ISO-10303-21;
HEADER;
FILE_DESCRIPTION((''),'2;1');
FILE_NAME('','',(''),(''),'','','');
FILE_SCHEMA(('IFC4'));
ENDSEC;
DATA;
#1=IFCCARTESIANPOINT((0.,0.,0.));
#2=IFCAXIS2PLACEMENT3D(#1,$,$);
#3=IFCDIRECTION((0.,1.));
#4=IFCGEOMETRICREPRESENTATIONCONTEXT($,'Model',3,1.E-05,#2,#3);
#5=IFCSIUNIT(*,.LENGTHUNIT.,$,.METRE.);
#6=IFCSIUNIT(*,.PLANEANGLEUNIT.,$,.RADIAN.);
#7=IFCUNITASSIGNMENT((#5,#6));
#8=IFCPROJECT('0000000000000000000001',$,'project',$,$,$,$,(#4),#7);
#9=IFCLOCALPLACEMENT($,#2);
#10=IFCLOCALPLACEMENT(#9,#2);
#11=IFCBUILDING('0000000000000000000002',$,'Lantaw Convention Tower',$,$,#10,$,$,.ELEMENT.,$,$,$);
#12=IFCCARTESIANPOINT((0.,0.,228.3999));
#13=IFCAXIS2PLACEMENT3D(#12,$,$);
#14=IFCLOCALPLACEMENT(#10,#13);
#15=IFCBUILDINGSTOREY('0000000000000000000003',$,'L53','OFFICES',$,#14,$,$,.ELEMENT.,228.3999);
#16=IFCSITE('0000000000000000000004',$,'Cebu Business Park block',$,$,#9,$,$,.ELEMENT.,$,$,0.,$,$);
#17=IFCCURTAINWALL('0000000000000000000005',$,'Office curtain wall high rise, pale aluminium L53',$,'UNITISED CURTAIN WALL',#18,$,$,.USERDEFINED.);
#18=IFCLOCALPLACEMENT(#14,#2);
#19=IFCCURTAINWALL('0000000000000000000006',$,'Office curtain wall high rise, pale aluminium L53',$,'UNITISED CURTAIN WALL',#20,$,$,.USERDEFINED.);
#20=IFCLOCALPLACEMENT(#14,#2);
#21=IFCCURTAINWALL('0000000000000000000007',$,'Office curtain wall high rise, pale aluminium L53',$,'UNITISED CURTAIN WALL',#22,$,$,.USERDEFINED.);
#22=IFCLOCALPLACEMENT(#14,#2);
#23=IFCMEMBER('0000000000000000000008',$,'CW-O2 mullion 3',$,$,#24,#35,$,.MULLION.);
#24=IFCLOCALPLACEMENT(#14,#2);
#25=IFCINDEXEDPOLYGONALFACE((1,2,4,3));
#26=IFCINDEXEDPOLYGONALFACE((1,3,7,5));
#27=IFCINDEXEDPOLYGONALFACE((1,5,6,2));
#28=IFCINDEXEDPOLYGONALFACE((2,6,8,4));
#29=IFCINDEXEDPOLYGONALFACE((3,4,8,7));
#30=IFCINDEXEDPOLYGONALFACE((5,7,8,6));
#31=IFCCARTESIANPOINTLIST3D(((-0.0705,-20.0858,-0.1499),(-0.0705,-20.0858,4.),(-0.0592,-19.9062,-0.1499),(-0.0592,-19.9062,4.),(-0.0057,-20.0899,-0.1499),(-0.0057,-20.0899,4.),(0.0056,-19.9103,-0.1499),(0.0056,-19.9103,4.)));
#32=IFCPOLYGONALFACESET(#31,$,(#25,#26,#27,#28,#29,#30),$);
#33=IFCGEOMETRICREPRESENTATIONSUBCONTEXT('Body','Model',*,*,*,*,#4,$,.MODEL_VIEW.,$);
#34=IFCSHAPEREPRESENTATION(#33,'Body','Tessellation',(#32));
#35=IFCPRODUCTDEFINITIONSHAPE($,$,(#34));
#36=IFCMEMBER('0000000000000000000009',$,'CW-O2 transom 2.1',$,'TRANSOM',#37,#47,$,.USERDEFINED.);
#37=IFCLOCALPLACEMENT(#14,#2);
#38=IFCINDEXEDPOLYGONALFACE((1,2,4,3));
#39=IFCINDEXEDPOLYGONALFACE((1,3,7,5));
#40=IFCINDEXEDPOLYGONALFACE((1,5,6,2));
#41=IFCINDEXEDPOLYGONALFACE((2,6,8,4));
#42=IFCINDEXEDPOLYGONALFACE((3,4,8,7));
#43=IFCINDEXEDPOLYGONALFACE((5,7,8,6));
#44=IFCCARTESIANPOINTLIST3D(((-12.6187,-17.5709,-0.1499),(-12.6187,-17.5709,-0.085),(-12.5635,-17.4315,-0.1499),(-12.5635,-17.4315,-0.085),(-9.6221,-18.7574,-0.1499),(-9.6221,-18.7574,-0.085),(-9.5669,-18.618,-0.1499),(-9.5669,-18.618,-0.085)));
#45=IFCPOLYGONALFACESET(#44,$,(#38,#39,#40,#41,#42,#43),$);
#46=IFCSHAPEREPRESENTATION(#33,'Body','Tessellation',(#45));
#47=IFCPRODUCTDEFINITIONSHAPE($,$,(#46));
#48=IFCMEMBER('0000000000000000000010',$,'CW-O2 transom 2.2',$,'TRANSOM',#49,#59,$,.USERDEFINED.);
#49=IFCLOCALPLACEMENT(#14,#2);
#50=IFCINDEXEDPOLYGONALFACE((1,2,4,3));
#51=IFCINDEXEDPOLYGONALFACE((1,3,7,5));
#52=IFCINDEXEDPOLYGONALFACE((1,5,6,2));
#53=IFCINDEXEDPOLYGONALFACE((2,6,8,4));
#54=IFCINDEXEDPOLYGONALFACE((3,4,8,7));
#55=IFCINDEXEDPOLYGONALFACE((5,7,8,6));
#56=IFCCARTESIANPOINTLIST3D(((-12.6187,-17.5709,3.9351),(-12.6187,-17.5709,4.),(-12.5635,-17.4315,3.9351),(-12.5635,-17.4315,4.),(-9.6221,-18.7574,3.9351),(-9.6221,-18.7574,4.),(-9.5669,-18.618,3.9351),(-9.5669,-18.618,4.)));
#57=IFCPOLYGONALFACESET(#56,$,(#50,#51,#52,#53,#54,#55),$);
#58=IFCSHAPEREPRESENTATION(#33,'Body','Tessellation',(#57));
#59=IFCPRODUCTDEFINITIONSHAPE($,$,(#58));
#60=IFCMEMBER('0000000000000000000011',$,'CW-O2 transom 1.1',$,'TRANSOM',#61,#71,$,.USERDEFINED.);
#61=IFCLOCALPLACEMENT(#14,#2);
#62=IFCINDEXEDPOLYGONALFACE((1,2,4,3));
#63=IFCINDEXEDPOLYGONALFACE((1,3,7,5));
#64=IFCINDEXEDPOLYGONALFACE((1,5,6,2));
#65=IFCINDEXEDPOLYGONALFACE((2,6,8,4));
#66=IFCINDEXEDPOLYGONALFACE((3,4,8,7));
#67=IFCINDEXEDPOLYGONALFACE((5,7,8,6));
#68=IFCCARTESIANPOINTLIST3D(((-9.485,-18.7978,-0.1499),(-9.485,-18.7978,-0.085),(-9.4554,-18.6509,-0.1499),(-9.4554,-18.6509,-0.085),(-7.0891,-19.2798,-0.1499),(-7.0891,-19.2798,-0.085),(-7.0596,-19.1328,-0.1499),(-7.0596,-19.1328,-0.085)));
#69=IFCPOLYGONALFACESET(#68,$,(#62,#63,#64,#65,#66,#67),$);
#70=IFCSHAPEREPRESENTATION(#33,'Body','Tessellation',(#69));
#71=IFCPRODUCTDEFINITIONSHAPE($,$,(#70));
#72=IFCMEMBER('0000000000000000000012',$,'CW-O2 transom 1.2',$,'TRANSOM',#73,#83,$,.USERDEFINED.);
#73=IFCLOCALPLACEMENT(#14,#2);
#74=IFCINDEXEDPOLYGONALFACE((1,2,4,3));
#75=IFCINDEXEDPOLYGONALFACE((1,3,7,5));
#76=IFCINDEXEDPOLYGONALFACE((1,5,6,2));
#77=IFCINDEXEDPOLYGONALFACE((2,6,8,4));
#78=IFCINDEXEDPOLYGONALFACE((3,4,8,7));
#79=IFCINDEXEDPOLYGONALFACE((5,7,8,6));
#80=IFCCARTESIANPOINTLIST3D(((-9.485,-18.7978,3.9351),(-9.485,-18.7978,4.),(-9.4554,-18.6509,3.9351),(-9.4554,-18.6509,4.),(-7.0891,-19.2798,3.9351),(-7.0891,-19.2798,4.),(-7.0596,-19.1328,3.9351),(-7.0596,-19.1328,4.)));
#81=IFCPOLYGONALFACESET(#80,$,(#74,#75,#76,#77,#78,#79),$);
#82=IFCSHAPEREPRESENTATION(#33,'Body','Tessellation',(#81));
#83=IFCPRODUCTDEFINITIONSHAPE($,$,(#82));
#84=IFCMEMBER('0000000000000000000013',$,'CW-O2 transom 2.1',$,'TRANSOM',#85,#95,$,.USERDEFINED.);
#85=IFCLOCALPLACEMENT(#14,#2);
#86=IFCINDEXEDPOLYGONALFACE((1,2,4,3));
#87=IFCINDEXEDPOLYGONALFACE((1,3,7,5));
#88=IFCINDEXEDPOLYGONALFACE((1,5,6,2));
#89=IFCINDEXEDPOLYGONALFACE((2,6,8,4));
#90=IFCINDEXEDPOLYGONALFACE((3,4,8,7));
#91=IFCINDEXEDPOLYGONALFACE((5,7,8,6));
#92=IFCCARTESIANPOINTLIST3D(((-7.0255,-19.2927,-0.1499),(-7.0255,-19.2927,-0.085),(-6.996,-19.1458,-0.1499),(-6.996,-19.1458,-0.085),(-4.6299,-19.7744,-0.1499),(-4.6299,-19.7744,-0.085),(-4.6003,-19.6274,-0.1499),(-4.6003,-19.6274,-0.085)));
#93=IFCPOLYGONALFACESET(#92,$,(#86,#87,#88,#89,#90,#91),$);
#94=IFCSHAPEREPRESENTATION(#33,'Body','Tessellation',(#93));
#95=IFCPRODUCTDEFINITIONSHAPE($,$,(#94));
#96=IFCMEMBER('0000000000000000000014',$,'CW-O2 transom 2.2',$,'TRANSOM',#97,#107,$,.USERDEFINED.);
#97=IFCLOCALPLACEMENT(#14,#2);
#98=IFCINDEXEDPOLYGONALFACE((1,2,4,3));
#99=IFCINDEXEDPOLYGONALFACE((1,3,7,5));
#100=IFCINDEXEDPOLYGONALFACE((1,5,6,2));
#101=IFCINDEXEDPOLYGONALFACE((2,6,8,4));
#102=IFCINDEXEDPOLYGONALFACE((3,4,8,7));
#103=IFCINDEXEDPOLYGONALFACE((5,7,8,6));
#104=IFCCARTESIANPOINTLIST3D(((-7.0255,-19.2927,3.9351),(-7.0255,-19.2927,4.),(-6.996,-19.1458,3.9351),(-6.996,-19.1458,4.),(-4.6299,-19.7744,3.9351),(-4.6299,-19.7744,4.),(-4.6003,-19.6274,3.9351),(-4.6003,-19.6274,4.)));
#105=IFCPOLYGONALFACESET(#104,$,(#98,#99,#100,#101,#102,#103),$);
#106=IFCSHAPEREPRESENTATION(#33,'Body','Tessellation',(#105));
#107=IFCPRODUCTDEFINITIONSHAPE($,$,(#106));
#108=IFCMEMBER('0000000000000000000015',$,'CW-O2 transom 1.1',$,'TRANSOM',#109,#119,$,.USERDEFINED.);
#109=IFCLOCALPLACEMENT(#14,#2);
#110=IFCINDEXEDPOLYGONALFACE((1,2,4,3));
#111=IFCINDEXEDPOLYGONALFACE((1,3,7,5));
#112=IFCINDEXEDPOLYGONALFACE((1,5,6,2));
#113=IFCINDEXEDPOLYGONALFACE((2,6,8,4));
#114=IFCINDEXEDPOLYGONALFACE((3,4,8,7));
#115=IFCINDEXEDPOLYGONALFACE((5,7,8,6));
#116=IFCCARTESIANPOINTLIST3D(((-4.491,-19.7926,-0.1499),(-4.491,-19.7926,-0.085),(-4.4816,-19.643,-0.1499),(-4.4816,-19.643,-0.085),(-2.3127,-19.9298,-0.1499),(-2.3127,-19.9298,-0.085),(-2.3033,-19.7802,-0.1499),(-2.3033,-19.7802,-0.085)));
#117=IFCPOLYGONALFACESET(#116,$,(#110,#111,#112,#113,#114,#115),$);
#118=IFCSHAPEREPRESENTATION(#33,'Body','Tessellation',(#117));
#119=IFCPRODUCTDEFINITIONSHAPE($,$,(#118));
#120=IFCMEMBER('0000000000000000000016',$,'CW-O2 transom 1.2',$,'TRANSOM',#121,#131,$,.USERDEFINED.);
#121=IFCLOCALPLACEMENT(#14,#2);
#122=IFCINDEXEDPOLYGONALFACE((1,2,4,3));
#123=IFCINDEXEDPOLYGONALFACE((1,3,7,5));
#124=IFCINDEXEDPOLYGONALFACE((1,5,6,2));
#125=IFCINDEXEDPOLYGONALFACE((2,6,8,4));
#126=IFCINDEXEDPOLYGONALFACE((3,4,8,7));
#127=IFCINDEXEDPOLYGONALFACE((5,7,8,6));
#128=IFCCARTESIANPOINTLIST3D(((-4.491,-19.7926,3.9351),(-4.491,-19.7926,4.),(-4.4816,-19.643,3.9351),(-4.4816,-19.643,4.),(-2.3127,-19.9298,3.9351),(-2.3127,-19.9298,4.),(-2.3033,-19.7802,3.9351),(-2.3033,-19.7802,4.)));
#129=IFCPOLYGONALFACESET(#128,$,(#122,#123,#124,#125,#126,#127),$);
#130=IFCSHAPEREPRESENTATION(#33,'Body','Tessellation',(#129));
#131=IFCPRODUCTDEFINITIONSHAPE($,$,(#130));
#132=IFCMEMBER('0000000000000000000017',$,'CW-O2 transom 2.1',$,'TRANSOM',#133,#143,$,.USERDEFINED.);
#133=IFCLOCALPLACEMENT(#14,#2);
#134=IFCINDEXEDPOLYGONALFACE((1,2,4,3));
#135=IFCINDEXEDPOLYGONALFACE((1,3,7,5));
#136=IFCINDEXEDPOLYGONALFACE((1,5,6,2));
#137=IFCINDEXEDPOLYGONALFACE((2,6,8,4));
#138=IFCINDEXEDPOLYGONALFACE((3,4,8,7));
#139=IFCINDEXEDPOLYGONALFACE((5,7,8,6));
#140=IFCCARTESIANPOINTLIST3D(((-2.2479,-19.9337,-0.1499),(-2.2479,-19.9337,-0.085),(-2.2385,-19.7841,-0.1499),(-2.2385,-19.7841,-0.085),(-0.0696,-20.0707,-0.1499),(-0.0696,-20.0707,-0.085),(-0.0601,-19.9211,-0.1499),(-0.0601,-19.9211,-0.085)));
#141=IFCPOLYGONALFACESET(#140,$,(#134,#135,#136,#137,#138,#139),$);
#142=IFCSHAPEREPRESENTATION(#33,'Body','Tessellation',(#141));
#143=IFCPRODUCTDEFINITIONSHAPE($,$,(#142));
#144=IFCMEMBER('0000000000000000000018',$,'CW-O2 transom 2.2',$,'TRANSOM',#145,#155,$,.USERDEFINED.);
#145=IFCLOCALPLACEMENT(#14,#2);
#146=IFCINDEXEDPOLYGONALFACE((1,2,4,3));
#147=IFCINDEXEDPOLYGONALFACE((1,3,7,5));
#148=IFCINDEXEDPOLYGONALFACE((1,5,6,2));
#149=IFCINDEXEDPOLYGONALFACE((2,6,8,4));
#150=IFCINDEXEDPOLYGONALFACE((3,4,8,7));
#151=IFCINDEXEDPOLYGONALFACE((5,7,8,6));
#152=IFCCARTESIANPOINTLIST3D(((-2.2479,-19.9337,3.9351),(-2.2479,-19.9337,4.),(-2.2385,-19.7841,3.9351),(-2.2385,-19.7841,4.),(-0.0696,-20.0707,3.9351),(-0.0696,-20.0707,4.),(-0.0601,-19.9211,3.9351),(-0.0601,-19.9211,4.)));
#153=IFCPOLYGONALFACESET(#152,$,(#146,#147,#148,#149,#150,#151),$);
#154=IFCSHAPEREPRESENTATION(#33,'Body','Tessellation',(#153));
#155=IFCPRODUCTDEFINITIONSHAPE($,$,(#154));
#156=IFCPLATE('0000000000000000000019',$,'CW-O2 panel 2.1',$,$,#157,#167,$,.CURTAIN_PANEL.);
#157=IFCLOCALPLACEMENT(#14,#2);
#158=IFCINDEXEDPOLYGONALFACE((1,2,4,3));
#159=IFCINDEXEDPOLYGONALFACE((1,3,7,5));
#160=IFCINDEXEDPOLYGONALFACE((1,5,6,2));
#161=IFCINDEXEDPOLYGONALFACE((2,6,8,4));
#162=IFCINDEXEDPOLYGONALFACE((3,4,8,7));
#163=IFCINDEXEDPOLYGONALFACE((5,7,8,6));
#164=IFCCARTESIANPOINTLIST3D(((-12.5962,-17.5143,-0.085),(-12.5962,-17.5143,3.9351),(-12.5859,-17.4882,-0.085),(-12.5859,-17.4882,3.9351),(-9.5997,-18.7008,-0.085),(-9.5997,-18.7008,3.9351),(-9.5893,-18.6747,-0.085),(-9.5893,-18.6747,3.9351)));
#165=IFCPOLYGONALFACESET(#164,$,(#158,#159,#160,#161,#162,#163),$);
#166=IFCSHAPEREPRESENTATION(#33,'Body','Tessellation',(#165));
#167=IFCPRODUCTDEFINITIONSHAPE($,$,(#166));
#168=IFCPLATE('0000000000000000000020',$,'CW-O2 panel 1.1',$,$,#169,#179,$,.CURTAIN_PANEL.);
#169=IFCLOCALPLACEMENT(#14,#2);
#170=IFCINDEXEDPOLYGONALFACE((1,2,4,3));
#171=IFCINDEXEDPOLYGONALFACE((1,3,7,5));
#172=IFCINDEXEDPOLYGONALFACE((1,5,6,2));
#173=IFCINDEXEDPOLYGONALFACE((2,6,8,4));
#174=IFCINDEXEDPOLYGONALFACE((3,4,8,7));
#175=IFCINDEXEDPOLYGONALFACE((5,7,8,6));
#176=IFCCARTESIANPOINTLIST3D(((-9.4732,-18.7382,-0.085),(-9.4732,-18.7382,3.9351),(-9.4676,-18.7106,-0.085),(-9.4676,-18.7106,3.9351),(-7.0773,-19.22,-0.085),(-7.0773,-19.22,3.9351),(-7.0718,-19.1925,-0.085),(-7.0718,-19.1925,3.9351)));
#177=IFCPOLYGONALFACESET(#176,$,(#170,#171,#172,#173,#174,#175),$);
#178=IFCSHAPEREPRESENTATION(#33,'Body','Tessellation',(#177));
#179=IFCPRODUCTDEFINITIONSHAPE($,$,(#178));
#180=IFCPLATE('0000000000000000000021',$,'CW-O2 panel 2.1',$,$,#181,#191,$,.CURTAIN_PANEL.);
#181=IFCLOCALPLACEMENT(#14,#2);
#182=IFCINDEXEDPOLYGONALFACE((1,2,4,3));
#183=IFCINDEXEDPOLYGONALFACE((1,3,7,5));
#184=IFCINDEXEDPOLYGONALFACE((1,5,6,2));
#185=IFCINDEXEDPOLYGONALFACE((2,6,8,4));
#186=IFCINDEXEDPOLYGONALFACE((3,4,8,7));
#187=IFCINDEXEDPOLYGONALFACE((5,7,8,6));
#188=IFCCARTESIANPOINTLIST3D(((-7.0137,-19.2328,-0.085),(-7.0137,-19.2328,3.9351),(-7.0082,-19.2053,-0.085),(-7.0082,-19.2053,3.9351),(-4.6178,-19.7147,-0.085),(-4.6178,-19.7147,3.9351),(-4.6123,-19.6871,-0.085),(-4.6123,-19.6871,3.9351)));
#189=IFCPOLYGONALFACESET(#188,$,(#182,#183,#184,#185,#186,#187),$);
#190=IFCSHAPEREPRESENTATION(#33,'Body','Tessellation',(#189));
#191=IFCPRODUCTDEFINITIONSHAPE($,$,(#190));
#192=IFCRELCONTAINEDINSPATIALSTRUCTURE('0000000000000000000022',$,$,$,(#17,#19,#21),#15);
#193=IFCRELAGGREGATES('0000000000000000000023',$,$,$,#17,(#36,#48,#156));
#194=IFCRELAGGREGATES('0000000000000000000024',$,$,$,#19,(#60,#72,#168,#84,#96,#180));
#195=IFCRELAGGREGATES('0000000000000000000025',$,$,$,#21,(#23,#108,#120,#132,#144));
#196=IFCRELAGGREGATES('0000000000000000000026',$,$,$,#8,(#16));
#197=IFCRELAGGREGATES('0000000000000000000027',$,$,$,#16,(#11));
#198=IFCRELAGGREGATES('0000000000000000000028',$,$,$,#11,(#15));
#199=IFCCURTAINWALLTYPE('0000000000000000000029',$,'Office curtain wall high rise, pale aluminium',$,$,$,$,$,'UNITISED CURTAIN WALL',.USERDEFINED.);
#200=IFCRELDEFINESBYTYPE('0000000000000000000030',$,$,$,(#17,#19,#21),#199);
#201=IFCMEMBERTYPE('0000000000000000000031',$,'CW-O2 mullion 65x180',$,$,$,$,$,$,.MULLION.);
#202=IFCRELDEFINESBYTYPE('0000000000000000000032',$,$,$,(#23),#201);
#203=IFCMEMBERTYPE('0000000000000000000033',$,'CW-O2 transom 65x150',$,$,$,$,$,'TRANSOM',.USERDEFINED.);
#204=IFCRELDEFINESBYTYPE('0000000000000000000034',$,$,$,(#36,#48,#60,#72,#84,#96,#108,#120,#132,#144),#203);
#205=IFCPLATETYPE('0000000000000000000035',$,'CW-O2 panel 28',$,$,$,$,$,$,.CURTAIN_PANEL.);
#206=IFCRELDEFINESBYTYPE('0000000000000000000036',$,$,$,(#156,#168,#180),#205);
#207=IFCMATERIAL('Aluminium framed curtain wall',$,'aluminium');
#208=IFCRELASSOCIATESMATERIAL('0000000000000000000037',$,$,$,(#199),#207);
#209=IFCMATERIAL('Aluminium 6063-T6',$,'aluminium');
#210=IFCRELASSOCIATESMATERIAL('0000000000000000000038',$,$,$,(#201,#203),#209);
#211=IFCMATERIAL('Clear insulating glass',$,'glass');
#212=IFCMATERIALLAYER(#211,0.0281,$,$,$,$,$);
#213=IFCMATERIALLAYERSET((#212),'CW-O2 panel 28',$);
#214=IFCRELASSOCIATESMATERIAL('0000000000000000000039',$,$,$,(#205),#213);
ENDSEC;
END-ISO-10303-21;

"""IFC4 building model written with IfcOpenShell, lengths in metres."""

from ifc_helpers import new_model, si_unit, direction, frame, origin, origin_2d, place, context, subcontext, project, spatial, rectangle, extrude, material, layer, layer_set, material_profile, profile_set, type_object, element, aggregate, save


model = new_model("IFC4")

# Units and contexts
model_context = context("Model", 3, precision=1e-05, world=origin(), true_north=direction((0.0, 1.0)))
body_context = subcontext(model_context, "Body", "Model", "MODEL_VIEW")
ifc_project = project(units=[si_unit("LENGTHUNIT", "METRE"), si_unit("PLANEANGLEUNIT", "RADIAN")], contexts=[model_context])

# Site, building, storey
site_placement = place(None, origin())
site = spatial("IfcSite", under=ifc_project, at=site_placement, Name="Cebu Business Park block", CompositionType="ELEMENT", RefElevation=0.0)
building_placement = place(site_placement, origin())
building = spatial("IfcBuilding", under=site, at=building_placement, Name="Lantaw Convention Tower", CompositionType="ELEMENT")
storey_placement = place(building_placement, frame((0.0, 0.0, 228.3999)))
storey = spatial("IfcBuildingStorey", under=building, at=storey_placement, Name="L53", Description="OFFICES", CompositionType="ELEMENT", Elevation=228.3999)

# Curtain walls, member
ifc_material_1 = material(Name="Aluminium framed curtain wall", Category="aluminium")
curtain_wall_type = type_object("IfcCurtainWallType", Name="Office curtain wall high rise, pale aluminium", ElementType="UNITISED CURTAIN WALL", PredefinedType="USERDEFINED", material=ifc_material_1)
curtain_wall_1_placement = place(storey_placement, origin())
curtain_wall_1 = element("IfcCurtainWall", 1, at=curtain_wall_1_placement, inside=storey, type_object=curtain_wall_type, Name="Office curtain wall high rise, pale aluminium L53", ObjectType="UNITISED CURTAIN WALL", PredefinedType="USERDEFINED")
ifc_material_2 = material(Name="Aluminium 6063-T6", Category="aluminium")
ifc_material_profile_1 = material_profile(ifc_material_2, rectangle(XDim=0.1799, YDim=0.0649, at=origin_2d()), Name="CW-O2 mullion 65x180")
ifc_profile_set_1 = profile_set([ifc_material_profile_1], Name="Aluminium 6063-T6")
member_type_1 = type_object("IfcMemberType", Name="CW-O2 mullion 65x180", PredefinedType="MULLION", material=ifc_profile_set_1)
curtain_wall_2_placement = place(storey_placement, origin())
curtain_wall_2 = element("IfcCurtainWall", 2, at=curtain_wall_2_placement, inside=storey, type_object=curtain_wall_type, Name="Office curtain wall high rise, pale aluminium L53", ObjectType="UNITISED CURTAIN WALL", PredefinedType="USERDEFINED")
curtain_wall_3_placement = place(storey_placement, origin())
curtain_wall_3 = element("IfcCurtainWall", 3, at=curtain_wall_3_placement, inside=storey, type_object=curtain_wall_type, Name="Office curtain wall high rise, pale aluminium L53", ObjectType="UNITISED CURTAIN WALL", PredefinedType="USERDEFINED")
member_1_placement = place(storey_placement, frame((-0.0325, -19.998, -0.1499), z_axis=(0.0, 0.0, 1.0), x_axis=(0.062758, 0.998029, 0.0)))
member_1 = element("IfcMember", 4, at=member_1_placement, type_object=member_type_1, Name="CW-O2 mullion 3", PredefinedType="MULLION", context=body_context, shape_type="SweptSolid", body=[
    extrude(rectangle(XDim=0.1799, YDim=0.0649, at=origin_2d()), origin(), (0.0, 0.0, 1.0), 4.1499),
])

# Members
ifc_material_profile_2 = material_profile(ifc_material_2, rectangle(XDim=0.1499, YDim=0.0649, at=origin_2d()), Name="CW-O2 transom 65x150")
ifc_profile_set_2 = profile_set([ifc_material_profile_2], Name="Aluminium 6063-T6")
member_type_2 = type_object("IfcMemberType", Name="CW-O2 transom 65x150", ElementType="TRANSOM", PredefinedType="USERDEFINED", material=ifc_profile_set_2)
member_2_placement = place(storey_placement, frame((-12.5911, -17.5012, -0.1174), z_axis=(0.929767, -0.368149, 0.0), x_axis=(0.368149, 0.929767, 0.0)))
member_2 = element("IfcMember", 5, at=member_2_placement, type_object=member_type_2, Name="CW-O2 transom 2.1", ObjectType="TRANSOM", PredefinedType="USERDEFINED", context=body_context, shape_type="SweptSolid", body=[
    extrude(rectangle(XDim=0.1499, YDim=0.0649, at=origin_2d()), origin(), (0.0, 0.0, 1.0), 3.2229),
])
member_3_placement = place(storey_placement, frame((-12.5911, -17.5012, 3.9675), z_axis=(0.929767, -0.368149, 0.0), x_axis=(0.368149, 0.929767, 0.0)))
member_3 = element("IfcMember", 6, at=member_3_placement, type_object=member_type_2, Name="CW-O2 transom 2.2", ObjectType="TRANSOM", PredefinedType="USERDEFINED", context=body_context, shape_type="SweptSolid", body=[
    extrude(rectangle(XDim=0.1499, YDim=0.0649, at=origin_2d()), origin(), (0.0, 0.0, 1.0), 3.2229),
])
member_4_placement = place(storey_placement, frame((-9.4702, -18.7244, -0.1174), z_axis=(0.980361, -0.197211, 0.0), x_axis=(0.197211, 0.980361, 0.0)))
member_4 = element("IfcMember", 7, at=member_4_placement, type_object=member_type_2, Name="CW-O2 transom 1.1", ObjectType="TRANSOM", PredefinedType="USERDEFINED", context=body_context, shape_type="SweptSolid", body=[
    extrude(rectangle(XDim=0.1499, YDim=0.0649, at=origin_2d()), origin(), (0.0, 0.0, 1.0), 2.4438),
])
member_5_placement = place(storey_placement, frame((-9.4702, -18.7244, 3.9675), z_axis=(0.980361, -0.197211, 0.0), x_axis=(0.197211, 0.980361, 0.0)))
member_5 = element("IfcMember", 8, at=member_5_placement, type_object=member_type_2, Name="CW-O2 transom 1.2", ObjectType="TRANSOM", PredefinedType="USERDEFINED", context=body_context, shape_type="SweptSolid", body=[
    extrude(rectangle(XDim=0.1499, YDim=0.0649, at=origin_2d()), origin(), (0.0, 0.0, 1.0), 2.4438),
])
member_6_placement = place(storey_placement, frame((-7.0107, -19.2192, -0.1174), z_axis=(0.98038, -0.197115, 0.0), x_axis=(0.197115, 0.98038, 0.0)))
member_6 = element("IfcMember", 9, at=member_6_placement, type_object=member_type_2, Name="CW-O2 transom 2.1", ObjectType="TRANSOM", PredefinedType="USERDEFINED", context=body_context, shape_type="SweptSolid", body=[
    extrude(rectangle(XDim=0.1499, YDim=0.0649, at=origin_2d()), origin(), (0.0, 0.0, 1.0), 2.4436),
])
member_7_placement = place(storey_placement, frame((-7.0107, -19.2192, 3.9675), z_axis=(0.98038, -0.197115, 0.0), x_axis=(0.197115, 0.98038, 0.0)))
member_7 = element("IfcMember", 10, at=member_7_placement, type_object=member_type_2, Name="CW-O2 transom 2.2", ObjectType="TRANSOM", PredefinedType="USERDEFINED", context=body_context, shape_type="SweptSolid", body=[
    extrude(rectangle(XDim=0.1499, YDim=0.0649, at=origin_2d()), origin(), (0.0, 0.0, 1.0), 2.4436),
])
member_8_placement = place(storey_placement, frame((-4.4863, -19.7178, -0.1174), z_axis=(0.998022, -0.062866, 0.0), x_axis=(0.062866, 0.998022, 0.0)))
member_8 = element("IfcMember", 11, at=member_8_placement, type_object=member_type_2, Name="CW-O2 transom 1.1", ObjectType="TRANSOM", PredefinedType="USERDEFINED", context=body_context, shape_type="SweptSolid", body=[
    extrude(rectangle(XDim=0.1499, YDim=0.0649, at=origin_2d()), origin(), (0.0, 0.0, 1.0), 2.1826),
])
member_9_placement = place(storey_placement, frame((-4.4863, -19.7178, 3.9675), z_axis=(0.998022, -0.062866, 0.0), x_axis=(0.062866, 0.998022, 0.0)))
member_9 = element("IfcMember", 12, at=member_9_placement, type_object=member_type_2, Name="CW-O2 transom 1.2", ObjectType="TRANSOM", PredefinedType="USERDEFINED", context=body_context, shape_type="SweptSolid", body=[
    extrude(rectangle(XDim=0.1499, YDim=0.0649, at=origin_2d()), origin(), (0.0, 0.0, 1.0), 2.1826),
])
member_10_placement = place(storey_placement, frame((-2.2432, -19.8589, -0.1174), z_axis=(0.998029, -0.062754, 0.0), x_axis=(0.062754, 0.998029, 0.0)))
member_10 = element("IfcMember", 13, at=member_10_placement, type_object=member_type_2, Name="CW-O2 transom 2.1", ObjectType="TRANSOM", PredefinedType="USERDEFINED", context=body_context, shape_type="SweptSolid", body=[
    extrude(rectangle(XDim=0.1499, YDim=0.0649, at=origin_2d()), origin(), (0.0, 0.0, 1.0), 2.1826),
])
member_11_placement = place(storey_placement, frame((-2.2432, -19.8589, 3.9675), z_axis=(0.998029, -0.062754, 0.0), x_axis=(0.062754, 0.998029, 0.0)))
member_11 = element("IfcMember", 14, at=member_11_placement, type_object=member_type_2, Name="CW-O2 transom 2.2", ObjectType="TRANSOM", PredefinedType="USERDEFINED", context=body_context, shape_type="SweptSolid", body=[
    extrude(rectangle(XDim=0.1499, YDim=0.0649, at=origin_2d()), origin(), (0.0, 0.0, 1.0), 2.1826),
])

# Plates
ifc_material_3 = material(Name="Clear insulating glass", Category="glass")
ifc_layer_1 = layer(ifc_material_3, 0.0281)
ifc_layer_set_1 = layer_set([ifc_layer_1], Name="CW-O2 panel 28")
plate_type_1 = type_object("IfcPlateType", Name="CW-O2 panel 28", PredefinedType="CURTAIN_PANEL", material=ifc_layer_set_1)
plate_1_placement = place(storey_placement, frame((-11.0928, -18.0945, -0.085), z_axis=(0.0, 0.0, 1.0), x_axis=(0.929762, -0.368162, 0.0)))
plate_1 = element("IfcPlate", 15, at=plate_1_placement, type_object=plate_type_1, Name="CW-O2 panel 2.1", PredefinedType="CURTAIN_PANEL", context=body_context, shape_type="SweptSolid", body=[
    extrude(rectangle(XDim=3.2229, YDim=0.0281, at=origin_2d()), origin(), (0.0, 0.0, 1.0), 4.02),
])
aggregate(curtain_wall_1, [member_2, member_3, plate_1])
plate_2_placement = place(storey_placement, frame((-8.2725, -18.9653, -0.085), z_axis=(0.0, 0.0, 1.0), x_axis=(0.980367, -0.197183, 0.0)))
plate_2 = element("IfcPlate", 16, at=plate_2_placement, type_object=plate_type_1, Name="CW-O2 panel 1.1", PredefinedType="CURTAIN_PANEL", context=body_context, shape_type="SweptSolid", body=[
    extrude(rectangle(XDim=2.4438, YDim=0.0281, at=origin_2d()), origin(), (0.0, 0.0, 1.0), 4.02),
])
plate_3_placement = place(storey_placement, frame((-5.813, -19.46, -0.085), z_axis=(0.0, 0.0, 1.0), x_axis=(0.980367, -0.197183, 0.0)))
plate_3 = element("IfcPlate", 17, at=plate_3_placement, type_object=plate_type_1, Name="CW-O2 panel 2.1", PredefinedType="CURTAIN_PANEL", context=body_context, shape_type="SweptSolid", body=[
    extrude(rectangle(XDim=2.4438, YDim=0.0281, at=origin_2d()), origin(), (0.0, 0.0, 1.0), 4.02),
])
aggregate(curtain_wall_2, [member_4, member_5, plate_2, member_6, member_7, plate_3])
aggregate(curtain_wall_3, [member_1, member_8, member_9, member_10, member_11])

save(model, "model.ifc")
